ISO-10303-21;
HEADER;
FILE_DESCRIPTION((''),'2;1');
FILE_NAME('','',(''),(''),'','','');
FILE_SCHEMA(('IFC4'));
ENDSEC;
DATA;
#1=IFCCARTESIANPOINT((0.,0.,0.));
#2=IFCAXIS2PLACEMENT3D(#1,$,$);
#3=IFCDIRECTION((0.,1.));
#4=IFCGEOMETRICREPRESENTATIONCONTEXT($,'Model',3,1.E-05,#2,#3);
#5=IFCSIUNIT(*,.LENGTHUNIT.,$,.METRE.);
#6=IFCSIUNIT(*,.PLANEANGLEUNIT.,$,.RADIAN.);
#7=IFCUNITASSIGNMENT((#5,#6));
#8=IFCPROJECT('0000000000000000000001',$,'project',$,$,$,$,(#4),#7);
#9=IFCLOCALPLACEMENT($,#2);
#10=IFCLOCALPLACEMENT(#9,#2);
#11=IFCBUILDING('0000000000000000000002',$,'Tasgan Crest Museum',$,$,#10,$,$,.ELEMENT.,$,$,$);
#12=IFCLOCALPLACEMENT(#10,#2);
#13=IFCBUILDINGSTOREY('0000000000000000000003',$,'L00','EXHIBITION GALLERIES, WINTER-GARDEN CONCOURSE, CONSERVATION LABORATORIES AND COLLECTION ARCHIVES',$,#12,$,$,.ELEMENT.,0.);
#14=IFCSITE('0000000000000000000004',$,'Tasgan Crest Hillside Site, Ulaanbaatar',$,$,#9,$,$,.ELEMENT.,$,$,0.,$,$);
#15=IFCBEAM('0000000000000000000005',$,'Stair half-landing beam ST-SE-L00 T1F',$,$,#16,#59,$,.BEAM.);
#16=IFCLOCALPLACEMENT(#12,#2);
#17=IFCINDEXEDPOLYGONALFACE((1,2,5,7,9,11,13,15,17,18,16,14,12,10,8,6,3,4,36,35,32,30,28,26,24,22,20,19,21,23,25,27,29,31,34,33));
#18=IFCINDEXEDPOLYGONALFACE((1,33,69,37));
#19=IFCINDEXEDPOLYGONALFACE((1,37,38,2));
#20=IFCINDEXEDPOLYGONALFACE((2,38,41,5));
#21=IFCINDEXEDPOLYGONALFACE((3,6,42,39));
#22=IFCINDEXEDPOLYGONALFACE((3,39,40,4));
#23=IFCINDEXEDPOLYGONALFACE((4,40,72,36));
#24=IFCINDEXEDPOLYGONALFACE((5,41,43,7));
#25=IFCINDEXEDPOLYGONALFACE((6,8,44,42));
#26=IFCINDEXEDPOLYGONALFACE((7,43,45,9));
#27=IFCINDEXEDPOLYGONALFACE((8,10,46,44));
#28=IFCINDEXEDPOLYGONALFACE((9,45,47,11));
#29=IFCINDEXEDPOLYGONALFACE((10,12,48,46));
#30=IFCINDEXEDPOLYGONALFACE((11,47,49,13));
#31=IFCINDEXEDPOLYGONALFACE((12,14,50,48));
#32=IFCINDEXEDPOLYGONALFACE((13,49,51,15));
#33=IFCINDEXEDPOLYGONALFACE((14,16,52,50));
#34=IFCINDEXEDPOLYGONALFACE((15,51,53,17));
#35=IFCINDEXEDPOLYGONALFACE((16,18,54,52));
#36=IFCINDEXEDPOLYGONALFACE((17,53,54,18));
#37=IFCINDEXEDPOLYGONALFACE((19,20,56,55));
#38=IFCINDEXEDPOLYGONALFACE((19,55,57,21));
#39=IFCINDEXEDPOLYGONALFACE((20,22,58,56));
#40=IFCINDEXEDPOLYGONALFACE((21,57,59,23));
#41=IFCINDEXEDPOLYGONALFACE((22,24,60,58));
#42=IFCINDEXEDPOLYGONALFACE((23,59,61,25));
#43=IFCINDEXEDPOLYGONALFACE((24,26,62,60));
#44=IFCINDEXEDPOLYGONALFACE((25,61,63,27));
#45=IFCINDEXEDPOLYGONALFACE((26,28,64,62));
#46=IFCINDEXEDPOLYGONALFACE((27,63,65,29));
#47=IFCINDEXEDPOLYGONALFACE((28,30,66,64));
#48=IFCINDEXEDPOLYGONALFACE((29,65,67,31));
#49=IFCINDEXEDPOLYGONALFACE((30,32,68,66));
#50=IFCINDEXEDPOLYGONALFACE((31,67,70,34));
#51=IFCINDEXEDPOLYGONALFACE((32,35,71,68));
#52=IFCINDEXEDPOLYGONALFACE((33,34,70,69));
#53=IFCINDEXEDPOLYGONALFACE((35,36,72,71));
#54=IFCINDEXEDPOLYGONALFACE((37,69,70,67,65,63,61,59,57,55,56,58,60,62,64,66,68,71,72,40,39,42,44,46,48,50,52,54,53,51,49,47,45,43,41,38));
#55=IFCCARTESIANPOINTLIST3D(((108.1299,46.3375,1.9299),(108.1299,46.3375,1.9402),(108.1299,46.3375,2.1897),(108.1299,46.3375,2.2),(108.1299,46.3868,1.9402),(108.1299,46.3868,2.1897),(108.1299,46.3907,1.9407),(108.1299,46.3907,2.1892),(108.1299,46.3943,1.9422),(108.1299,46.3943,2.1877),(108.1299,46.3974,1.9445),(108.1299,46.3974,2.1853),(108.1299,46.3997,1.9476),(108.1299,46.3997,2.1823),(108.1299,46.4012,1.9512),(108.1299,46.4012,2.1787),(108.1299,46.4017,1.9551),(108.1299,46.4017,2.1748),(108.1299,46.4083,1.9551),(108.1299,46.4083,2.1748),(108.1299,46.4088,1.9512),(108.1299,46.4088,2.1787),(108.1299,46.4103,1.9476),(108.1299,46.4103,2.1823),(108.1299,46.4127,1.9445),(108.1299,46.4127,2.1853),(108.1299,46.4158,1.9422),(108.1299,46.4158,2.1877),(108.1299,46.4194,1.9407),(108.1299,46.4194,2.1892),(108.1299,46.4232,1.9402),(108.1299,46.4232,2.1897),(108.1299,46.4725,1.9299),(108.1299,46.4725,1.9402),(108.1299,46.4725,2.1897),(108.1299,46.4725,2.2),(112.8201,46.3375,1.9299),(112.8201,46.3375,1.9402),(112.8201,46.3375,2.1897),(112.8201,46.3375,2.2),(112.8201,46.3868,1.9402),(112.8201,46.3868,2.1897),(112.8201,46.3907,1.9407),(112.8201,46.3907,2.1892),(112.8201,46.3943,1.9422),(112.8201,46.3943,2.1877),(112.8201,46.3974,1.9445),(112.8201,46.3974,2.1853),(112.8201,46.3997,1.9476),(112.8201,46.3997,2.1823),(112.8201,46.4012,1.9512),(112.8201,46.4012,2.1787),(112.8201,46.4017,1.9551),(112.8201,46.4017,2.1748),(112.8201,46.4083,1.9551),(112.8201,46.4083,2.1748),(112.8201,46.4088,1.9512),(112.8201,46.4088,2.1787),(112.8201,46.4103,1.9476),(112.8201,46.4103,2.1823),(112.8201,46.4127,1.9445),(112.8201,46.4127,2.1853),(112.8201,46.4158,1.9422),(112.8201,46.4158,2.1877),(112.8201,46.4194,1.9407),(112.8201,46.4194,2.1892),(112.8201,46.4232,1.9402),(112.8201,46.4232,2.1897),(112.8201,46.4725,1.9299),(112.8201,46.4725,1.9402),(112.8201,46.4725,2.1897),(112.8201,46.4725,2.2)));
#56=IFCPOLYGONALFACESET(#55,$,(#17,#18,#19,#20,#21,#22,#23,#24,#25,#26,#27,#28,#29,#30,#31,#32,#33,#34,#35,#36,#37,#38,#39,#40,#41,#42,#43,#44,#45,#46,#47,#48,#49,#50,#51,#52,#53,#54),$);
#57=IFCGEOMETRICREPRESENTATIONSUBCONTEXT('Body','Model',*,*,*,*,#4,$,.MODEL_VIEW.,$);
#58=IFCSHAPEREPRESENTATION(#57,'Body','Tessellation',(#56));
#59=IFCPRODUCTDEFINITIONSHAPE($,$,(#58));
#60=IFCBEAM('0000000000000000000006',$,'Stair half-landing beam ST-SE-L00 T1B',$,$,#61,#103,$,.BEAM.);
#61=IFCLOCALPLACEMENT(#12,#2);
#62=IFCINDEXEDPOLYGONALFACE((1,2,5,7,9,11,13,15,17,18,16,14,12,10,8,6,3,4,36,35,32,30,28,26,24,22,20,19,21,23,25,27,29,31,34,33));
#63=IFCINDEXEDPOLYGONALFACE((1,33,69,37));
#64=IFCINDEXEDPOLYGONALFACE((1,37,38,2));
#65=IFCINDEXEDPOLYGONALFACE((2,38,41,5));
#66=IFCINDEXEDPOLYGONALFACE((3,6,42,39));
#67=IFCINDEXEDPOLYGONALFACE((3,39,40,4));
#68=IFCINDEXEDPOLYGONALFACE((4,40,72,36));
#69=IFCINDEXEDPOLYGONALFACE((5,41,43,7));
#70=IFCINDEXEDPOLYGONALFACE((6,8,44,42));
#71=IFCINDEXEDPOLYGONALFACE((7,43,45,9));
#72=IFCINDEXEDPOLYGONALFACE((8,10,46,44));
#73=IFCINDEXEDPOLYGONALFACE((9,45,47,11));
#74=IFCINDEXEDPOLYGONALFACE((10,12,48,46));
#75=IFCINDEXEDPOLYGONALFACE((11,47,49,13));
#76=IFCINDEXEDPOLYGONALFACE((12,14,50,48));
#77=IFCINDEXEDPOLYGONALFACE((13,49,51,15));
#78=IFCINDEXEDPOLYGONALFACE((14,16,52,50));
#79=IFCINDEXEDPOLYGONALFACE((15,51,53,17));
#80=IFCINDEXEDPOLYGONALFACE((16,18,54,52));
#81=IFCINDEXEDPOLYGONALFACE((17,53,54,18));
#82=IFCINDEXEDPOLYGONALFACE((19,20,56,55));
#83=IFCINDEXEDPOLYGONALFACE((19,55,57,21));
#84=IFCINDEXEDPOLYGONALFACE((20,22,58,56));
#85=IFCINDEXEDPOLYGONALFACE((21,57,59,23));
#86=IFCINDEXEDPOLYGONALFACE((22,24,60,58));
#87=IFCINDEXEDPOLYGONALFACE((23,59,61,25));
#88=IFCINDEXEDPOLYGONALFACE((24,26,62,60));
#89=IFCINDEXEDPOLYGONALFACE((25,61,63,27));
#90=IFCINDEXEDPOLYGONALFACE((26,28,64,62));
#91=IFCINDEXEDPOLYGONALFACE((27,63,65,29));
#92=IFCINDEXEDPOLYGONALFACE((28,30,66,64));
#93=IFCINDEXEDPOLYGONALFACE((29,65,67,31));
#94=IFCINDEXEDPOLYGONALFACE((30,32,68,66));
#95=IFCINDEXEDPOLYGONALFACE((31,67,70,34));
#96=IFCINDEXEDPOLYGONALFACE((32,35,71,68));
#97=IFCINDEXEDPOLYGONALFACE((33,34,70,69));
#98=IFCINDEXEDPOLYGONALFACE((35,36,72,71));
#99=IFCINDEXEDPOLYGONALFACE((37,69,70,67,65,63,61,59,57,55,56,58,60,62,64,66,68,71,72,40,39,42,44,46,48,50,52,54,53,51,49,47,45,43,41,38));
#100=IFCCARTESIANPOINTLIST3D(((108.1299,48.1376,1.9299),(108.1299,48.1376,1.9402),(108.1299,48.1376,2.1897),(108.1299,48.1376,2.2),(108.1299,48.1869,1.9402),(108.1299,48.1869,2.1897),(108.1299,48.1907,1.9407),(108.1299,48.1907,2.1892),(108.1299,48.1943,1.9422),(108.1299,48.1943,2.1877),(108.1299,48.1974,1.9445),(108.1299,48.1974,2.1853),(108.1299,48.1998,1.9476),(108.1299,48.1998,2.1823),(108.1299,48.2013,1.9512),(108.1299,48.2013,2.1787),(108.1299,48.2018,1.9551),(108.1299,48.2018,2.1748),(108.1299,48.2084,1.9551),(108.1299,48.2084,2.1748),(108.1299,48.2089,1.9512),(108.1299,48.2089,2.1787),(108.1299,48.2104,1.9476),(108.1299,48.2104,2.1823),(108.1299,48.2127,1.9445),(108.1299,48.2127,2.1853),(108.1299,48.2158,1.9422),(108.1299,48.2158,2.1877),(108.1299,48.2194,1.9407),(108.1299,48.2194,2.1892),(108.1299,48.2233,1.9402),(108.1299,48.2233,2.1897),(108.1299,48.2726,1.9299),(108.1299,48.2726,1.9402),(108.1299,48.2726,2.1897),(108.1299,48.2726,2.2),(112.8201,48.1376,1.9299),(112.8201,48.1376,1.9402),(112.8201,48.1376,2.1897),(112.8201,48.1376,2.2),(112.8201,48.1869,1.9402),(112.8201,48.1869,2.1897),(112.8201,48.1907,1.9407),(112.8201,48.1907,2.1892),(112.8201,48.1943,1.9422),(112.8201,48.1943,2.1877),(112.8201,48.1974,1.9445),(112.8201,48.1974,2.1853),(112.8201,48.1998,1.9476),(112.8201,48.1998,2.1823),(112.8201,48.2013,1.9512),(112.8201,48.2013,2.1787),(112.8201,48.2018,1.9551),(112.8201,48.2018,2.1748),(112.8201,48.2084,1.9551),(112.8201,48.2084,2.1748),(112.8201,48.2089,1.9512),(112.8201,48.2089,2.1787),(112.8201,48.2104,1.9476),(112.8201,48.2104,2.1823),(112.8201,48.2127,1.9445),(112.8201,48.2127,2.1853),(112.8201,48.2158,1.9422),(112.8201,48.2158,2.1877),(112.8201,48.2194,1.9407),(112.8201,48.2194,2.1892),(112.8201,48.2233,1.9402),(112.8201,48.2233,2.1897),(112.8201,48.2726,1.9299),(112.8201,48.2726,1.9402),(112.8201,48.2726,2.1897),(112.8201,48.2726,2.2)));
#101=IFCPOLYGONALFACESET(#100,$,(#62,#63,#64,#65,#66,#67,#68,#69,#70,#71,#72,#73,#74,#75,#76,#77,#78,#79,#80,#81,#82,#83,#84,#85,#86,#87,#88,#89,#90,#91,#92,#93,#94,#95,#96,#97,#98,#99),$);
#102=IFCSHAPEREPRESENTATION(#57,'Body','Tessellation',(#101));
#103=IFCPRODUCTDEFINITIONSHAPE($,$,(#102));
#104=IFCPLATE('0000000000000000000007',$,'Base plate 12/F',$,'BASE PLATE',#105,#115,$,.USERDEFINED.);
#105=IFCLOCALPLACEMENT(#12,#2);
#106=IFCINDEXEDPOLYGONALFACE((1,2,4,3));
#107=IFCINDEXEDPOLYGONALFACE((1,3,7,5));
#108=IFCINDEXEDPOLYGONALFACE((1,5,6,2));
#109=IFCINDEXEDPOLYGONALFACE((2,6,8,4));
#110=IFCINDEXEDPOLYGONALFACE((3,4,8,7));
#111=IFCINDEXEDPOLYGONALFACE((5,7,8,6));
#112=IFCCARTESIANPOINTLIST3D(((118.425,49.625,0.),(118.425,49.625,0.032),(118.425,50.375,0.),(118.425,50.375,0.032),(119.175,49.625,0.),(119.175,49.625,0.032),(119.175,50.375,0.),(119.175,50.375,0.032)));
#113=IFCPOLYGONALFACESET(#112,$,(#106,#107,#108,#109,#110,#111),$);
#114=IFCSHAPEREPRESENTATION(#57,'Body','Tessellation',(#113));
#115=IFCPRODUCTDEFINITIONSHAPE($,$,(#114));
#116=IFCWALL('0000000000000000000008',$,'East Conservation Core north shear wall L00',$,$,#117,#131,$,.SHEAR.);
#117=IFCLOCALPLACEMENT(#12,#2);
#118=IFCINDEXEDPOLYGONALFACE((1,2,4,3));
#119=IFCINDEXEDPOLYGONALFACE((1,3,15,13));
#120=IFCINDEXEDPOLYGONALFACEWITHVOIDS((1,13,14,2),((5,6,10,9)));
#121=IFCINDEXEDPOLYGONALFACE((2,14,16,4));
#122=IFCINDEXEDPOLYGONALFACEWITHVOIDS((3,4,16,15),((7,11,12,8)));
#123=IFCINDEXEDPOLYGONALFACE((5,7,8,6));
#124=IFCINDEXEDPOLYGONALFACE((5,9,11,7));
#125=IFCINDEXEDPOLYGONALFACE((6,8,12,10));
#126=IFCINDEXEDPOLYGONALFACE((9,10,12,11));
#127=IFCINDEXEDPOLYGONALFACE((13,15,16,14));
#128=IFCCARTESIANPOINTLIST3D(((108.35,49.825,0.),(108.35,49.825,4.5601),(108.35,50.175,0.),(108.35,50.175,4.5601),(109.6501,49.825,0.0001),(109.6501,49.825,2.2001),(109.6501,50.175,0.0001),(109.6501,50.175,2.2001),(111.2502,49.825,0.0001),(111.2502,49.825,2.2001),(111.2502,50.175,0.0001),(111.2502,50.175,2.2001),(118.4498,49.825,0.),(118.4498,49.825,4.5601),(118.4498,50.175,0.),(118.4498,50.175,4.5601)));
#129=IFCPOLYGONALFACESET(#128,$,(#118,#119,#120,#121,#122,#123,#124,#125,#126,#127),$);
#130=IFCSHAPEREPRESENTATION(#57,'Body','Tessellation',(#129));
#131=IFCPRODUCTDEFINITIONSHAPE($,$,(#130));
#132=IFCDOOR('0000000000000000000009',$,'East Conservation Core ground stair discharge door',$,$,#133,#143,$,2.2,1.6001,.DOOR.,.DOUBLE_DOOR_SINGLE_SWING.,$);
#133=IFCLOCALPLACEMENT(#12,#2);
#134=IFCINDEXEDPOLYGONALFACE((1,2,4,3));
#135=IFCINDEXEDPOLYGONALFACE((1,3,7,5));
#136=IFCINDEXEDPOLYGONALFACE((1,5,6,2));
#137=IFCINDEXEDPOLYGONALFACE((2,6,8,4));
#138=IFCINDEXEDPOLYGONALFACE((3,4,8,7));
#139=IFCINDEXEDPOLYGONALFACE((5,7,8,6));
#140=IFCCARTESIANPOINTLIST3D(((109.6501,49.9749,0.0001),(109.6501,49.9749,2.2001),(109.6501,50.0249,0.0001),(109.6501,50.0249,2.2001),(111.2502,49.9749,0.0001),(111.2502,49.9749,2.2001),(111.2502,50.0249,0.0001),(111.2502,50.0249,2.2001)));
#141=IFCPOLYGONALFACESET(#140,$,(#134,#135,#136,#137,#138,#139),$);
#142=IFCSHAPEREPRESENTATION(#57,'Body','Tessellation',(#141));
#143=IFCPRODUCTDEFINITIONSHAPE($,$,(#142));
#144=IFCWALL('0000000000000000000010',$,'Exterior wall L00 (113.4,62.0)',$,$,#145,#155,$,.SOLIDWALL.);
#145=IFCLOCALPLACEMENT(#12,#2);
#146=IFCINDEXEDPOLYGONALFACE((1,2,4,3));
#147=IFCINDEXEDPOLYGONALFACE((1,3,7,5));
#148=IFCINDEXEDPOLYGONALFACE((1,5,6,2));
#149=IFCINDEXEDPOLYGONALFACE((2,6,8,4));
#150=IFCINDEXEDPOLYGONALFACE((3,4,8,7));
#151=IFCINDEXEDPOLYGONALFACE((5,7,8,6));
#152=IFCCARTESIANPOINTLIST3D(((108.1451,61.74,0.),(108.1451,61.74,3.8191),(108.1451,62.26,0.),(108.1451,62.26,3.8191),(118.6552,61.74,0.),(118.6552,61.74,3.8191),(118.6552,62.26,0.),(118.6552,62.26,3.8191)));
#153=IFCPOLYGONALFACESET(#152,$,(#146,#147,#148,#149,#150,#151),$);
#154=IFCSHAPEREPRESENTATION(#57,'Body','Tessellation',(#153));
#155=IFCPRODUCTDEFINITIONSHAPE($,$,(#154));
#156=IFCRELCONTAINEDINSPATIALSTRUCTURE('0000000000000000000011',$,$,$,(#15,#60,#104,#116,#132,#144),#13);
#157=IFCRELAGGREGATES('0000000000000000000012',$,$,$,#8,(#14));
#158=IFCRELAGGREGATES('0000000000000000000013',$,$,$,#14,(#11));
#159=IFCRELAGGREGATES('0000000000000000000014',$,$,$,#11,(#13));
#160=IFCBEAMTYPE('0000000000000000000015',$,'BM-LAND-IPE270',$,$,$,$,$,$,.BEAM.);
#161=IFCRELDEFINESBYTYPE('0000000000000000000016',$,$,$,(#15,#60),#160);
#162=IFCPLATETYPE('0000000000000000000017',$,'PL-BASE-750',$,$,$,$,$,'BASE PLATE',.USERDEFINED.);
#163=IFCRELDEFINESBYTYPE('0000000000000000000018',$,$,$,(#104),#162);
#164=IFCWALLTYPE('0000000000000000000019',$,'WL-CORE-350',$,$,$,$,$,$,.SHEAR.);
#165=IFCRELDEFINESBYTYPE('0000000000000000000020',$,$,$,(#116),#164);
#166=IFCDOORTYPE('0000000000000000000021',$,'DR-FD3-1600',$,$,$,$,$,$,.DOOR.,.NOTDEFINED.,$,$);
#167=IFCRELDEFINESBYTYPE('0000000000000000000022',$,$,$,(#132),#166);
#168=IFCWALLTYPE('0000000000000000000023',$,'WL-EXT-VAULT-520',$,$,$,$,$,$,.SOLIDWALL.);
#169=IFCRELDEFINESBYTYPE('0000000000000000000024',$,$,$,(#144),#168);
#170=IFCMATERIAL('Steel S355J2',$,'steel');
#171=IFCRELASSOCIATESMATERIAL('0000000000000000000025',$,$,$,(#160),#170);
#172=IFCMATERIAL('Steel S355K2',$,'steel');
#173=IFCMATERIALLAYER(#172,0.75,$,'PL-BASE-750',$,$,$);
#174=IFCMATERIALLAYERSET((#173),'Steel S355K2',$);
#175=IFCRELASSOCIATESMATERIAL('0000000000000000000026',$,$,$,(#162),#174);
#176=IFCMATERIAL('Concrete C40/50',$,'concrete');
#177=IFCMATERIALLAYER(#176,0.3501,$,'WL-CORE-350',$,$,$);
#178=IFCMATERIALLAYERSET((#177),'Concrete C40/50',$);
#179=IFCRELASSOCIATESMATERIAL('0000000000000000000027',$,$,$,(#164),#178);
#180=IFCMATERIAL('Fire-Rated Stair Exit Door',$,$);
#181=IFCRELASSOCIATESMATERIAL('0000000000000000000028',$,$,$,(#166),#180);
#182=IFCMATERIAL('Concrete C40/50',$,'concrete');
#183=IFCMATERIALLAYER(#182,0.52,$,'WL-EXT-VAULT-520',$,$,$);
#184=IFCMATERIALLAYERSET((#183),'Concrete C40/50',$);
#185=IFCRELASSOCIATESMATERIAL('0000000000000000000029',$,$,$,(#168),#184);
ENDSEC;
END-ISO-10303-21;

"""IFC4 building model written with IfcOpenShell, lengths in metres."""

from ifc_helpers import new_model, si_unit, direction, frame, frame_2d, origin, origin_2d, place, context, subcontext, project, spatial, rectangle, i_section, extrude, material, layer, layer_set, material_profile, profile_set, type_object, element, fill, save


model = new_model("IFC4")

# Units and contexts
model_context = context("Model", 3, precision=1e-05, world=origin(), true_north=direction((0.0, 1.0)))
body_context = subcontext(model_context, "Body", "Model", "MODEL_VIEW")
ifc_project = project(units=[si_unit("LENGTHUNIT", "METRE"), si_unit("PLANEANGLEUNIT", "RADIAN")], contexts=[model_context])

# Site, building, storey
site_placement = place(None, origin())
site = spatial("IfcSite", under=ifc_project, at=site_placement, Name="Tasgan Crest Hillside Site, Ulaanbaatar", CompositionType="ELEMENT", RefElevation=0.0)
building_placement = place(site_placement, origin())
building = spatial("IfcBuilding", under=site, at=building_placement, Name="Tasgan Crest Museum", CompositionType="ELEMENT")
storey_placement = place(building_placement, origin())
storey = spatial("IfcBuildingStorey", under=building, at=storey_placement, Name="L00", Description="EXHIBITION GALLERIES, WINTER-GARDEN CONCOURSE, CONSERVATION LABORATORIES AND COLLECTION ARCHIVES", CompositionType="ELEMENT", Elevation=0.0)

# Beams
ifc_material_1 = material(Name="Steel S355J2", Category="steel")
ifc_material_profile_1 = material_profile(ifc_material_1, i_section(OverallWidth=0.135, OverallDepth=0.27, WebThickness=0.0066, FlangeThickness=0.0103, FilletRadius=0.0149, at=origin_2d()), Name="IPE 270")
ifc_profile_set_1 = profile_set([ifc_material_profile_1], Name="Steel S355J2")
beam_type_1 = type_object("IfcBeamType", Name="BM-LAND-IPE270", PredefinedType="BEAM", material=ifc_profile_set_1)
for number, where, z_axis, x_axis, name in (
    (1, (108.1299, 46.405, 2.0649), (1.0, 0.0, 0.0), (0.0, 1.0, 0.0), "Stair half-landing beam ST-SE-L00 T1F"),
    (2, (108.1299, 48.2051, 2.0649), (1.0, 0.0, 0.0), (0.0, 1.0, 0.0), "Stair half-landing beam ST-SE-L00 T1B"),
):
    element("IfcBeam", number, at=place(storey_placement, frame(where, z_axis=z_axis, x_axis=x_axis)), inside=storey, type_object=beam_type_1, Name=name, PredefinedType="BEAM", context=body_context, shape_type="SweptSolid", body=[
        extrude(i_section(OverallWidth=0.135, OverallDepth=0.27, WebThickness=0.0066, FlangeThickness=0.0103, FilletRadius=0.0149, at=origin_2d()), origin(), (0.0, 0.0, 1.0), 4.6902),
    ])

# Plate
ifc_material_2 = material(Name="Steel S355K2", Category="steel")
ifc_layer_1 = layer(ifc_material_2, 0.75, Name="PL-BASE-750")
ifc_layer_set_1 = layer_set([ifc_layer_1], Name="Steel S355K2")
plate_type = type_object("IfcPlateType", Name="PL-BASE-750", ElementType="BASE PLATE", PredefinedType="USERDEFINED", material=ifc_layer_set_1)
plate_placement = place(storey_placement, frame((118.8, 50.0, 0.0), z_axis=(0.0, 0.0, 1.0), x_axis=(1.0, 0.0, 0.0)))
element("IfcPlate", 3, at=plate_placement, inside=storey, type_object=plate_type, Name="Base plate 12/F", ObjectType="BASE PLATE", PredefinedType="USERDEFINED", context=body_context, shape_type="SweptSolid", body=[
    extrude(rectangle(XDim=0.75, YDim=0.75, at=origin_2d()), origin(), (0.0, 0.0, 1.0), 0.032),
])

# Wall, opening, door
ifc_material_3 = material(Name="Concrete C40/50", Category="concrete")
ifc_layer_2 = layer(ifc_material_3, 0.3501, Name="WL-CORE-350")
ifc_layer_set_2 = layer_set([ifc_layer_2], Name="Concrete C40/50")
wall_type_1 = type_object("IfcWallType", Name="WL-CORE-350", PredefinedType="SHEAR", material=ifc_layer_set_2)
wall_1_placement = place(storey_placement, frame((108.3501, 50.0, 0.0), z_axis=(0.0, 0.0, 1.0), x_axis=(1.0, 0.0, 0.0)))
wall_1 = element("IfcWall", 4, at=wall_1_placement, inside=storey, type_object=wall_type_1, Name="East Conservation Core north shear wall L00", PredefinedType="SHEAR", context=body_context, shape_type="SweptSolid", body=[
    extrude(rectangle(XDim=10.0999, YDim=0.3501, at=frame_2d((5.0498, 0.0))), origin(), (0.0, 0.0, 1.0), 4.5601),
])
opening_1_placement = place(wall_1_placement, frame((1.3, 0.0, 0.0)))
opening_1 = element("IfcOpeningElement", 5, at=opening_1_placement, cuts=wall_1, PredefinedType="OPENING", context=body_context, shape_type="SweptSolid", body=[
    extrude(rectangle(XDim=1.6001, YDim=2.2, at=frame_2d((0.8, 1.1001))), frame((0.0, 0.1851, 0.0), z_axis=(0.0, -1.0, 0.0), x_axis=(1.0, 0.0, 0.0)), (0.0, 0.0, 1.0), 0.3701),
])
ifc_material_4 = material(Name="Fire-Rated Stair Exit Door")
door_type_1 = type_object("IfcDoorType", Name="DR-FD3-1600", OperationType="NOTDEFINED", PredefinedType="DOOR", material=ifc_material_4)
door_1_placement = place(opening_1_placement, origin())
door_1 = element("IfcDoor", 6, at=door_1_placement, inside=storey, type_object=door_type_1, Name="East Conservation Core ground stair discharge door", OperationType="DOUBLE_DOOR_SINGLE_SWING", OverallHeight=2.2, OverallWidth=1.6001, PredefinedType="DOOR", context=body_context, shape_type="SweptSolid", body=[
    extrude(rectangle(XDim=1.6001, YDim=2.2, at=frame_2d((0.8, 1.1001))), frame((0.0, 0.0249, 0.0), z_axis=(0.0, -1.0, 0.0), x_axis=(1.0, 0.0, 0.0)), (0.0, 0.0, 1.0), 0.05),
])
fill(opening_1, door_1)

# Wall
ifc_material_5 = material(Name="Concrete C40/50", Category="concrete")
ifc_layer_3 = layer(ifc_material_5, 0.52, Name="WL-EXT-VAULT-520")
ifc_layer_set_3 = layer_set([ifc_layer_3], Name="Concrete C40/50")
wall_type_2 = type_object("IfcWallType", Name="WL-EXT-VAULT-520", PredefinedType="SOLIDWALL", material=ifc_layer_set_3)
wall_2_placement = place(storey_placement, frame((118.655, 62.0, 0.0), z_axis=(0.0, 0.0, 1.0), x_axis=(-1.0, 0.0, 0.0)))
element("IfcWall", 7, at=wall_2_placement, inside=storey, type_object=wall_type_2, Name="Exterior wall L00 (113.4,62.0)", PredefinedType="SOLIDWALL", context=body_context, shape_type="SweptSolid", body=[
    extrude(rectangle(XDim=10.51, YDim=0.52, at=frame_2d((5.2549, 0.0))), origin(), (0.0, 0.0, 1.0), 3.8191),
])

save(model, "model.ifc")
